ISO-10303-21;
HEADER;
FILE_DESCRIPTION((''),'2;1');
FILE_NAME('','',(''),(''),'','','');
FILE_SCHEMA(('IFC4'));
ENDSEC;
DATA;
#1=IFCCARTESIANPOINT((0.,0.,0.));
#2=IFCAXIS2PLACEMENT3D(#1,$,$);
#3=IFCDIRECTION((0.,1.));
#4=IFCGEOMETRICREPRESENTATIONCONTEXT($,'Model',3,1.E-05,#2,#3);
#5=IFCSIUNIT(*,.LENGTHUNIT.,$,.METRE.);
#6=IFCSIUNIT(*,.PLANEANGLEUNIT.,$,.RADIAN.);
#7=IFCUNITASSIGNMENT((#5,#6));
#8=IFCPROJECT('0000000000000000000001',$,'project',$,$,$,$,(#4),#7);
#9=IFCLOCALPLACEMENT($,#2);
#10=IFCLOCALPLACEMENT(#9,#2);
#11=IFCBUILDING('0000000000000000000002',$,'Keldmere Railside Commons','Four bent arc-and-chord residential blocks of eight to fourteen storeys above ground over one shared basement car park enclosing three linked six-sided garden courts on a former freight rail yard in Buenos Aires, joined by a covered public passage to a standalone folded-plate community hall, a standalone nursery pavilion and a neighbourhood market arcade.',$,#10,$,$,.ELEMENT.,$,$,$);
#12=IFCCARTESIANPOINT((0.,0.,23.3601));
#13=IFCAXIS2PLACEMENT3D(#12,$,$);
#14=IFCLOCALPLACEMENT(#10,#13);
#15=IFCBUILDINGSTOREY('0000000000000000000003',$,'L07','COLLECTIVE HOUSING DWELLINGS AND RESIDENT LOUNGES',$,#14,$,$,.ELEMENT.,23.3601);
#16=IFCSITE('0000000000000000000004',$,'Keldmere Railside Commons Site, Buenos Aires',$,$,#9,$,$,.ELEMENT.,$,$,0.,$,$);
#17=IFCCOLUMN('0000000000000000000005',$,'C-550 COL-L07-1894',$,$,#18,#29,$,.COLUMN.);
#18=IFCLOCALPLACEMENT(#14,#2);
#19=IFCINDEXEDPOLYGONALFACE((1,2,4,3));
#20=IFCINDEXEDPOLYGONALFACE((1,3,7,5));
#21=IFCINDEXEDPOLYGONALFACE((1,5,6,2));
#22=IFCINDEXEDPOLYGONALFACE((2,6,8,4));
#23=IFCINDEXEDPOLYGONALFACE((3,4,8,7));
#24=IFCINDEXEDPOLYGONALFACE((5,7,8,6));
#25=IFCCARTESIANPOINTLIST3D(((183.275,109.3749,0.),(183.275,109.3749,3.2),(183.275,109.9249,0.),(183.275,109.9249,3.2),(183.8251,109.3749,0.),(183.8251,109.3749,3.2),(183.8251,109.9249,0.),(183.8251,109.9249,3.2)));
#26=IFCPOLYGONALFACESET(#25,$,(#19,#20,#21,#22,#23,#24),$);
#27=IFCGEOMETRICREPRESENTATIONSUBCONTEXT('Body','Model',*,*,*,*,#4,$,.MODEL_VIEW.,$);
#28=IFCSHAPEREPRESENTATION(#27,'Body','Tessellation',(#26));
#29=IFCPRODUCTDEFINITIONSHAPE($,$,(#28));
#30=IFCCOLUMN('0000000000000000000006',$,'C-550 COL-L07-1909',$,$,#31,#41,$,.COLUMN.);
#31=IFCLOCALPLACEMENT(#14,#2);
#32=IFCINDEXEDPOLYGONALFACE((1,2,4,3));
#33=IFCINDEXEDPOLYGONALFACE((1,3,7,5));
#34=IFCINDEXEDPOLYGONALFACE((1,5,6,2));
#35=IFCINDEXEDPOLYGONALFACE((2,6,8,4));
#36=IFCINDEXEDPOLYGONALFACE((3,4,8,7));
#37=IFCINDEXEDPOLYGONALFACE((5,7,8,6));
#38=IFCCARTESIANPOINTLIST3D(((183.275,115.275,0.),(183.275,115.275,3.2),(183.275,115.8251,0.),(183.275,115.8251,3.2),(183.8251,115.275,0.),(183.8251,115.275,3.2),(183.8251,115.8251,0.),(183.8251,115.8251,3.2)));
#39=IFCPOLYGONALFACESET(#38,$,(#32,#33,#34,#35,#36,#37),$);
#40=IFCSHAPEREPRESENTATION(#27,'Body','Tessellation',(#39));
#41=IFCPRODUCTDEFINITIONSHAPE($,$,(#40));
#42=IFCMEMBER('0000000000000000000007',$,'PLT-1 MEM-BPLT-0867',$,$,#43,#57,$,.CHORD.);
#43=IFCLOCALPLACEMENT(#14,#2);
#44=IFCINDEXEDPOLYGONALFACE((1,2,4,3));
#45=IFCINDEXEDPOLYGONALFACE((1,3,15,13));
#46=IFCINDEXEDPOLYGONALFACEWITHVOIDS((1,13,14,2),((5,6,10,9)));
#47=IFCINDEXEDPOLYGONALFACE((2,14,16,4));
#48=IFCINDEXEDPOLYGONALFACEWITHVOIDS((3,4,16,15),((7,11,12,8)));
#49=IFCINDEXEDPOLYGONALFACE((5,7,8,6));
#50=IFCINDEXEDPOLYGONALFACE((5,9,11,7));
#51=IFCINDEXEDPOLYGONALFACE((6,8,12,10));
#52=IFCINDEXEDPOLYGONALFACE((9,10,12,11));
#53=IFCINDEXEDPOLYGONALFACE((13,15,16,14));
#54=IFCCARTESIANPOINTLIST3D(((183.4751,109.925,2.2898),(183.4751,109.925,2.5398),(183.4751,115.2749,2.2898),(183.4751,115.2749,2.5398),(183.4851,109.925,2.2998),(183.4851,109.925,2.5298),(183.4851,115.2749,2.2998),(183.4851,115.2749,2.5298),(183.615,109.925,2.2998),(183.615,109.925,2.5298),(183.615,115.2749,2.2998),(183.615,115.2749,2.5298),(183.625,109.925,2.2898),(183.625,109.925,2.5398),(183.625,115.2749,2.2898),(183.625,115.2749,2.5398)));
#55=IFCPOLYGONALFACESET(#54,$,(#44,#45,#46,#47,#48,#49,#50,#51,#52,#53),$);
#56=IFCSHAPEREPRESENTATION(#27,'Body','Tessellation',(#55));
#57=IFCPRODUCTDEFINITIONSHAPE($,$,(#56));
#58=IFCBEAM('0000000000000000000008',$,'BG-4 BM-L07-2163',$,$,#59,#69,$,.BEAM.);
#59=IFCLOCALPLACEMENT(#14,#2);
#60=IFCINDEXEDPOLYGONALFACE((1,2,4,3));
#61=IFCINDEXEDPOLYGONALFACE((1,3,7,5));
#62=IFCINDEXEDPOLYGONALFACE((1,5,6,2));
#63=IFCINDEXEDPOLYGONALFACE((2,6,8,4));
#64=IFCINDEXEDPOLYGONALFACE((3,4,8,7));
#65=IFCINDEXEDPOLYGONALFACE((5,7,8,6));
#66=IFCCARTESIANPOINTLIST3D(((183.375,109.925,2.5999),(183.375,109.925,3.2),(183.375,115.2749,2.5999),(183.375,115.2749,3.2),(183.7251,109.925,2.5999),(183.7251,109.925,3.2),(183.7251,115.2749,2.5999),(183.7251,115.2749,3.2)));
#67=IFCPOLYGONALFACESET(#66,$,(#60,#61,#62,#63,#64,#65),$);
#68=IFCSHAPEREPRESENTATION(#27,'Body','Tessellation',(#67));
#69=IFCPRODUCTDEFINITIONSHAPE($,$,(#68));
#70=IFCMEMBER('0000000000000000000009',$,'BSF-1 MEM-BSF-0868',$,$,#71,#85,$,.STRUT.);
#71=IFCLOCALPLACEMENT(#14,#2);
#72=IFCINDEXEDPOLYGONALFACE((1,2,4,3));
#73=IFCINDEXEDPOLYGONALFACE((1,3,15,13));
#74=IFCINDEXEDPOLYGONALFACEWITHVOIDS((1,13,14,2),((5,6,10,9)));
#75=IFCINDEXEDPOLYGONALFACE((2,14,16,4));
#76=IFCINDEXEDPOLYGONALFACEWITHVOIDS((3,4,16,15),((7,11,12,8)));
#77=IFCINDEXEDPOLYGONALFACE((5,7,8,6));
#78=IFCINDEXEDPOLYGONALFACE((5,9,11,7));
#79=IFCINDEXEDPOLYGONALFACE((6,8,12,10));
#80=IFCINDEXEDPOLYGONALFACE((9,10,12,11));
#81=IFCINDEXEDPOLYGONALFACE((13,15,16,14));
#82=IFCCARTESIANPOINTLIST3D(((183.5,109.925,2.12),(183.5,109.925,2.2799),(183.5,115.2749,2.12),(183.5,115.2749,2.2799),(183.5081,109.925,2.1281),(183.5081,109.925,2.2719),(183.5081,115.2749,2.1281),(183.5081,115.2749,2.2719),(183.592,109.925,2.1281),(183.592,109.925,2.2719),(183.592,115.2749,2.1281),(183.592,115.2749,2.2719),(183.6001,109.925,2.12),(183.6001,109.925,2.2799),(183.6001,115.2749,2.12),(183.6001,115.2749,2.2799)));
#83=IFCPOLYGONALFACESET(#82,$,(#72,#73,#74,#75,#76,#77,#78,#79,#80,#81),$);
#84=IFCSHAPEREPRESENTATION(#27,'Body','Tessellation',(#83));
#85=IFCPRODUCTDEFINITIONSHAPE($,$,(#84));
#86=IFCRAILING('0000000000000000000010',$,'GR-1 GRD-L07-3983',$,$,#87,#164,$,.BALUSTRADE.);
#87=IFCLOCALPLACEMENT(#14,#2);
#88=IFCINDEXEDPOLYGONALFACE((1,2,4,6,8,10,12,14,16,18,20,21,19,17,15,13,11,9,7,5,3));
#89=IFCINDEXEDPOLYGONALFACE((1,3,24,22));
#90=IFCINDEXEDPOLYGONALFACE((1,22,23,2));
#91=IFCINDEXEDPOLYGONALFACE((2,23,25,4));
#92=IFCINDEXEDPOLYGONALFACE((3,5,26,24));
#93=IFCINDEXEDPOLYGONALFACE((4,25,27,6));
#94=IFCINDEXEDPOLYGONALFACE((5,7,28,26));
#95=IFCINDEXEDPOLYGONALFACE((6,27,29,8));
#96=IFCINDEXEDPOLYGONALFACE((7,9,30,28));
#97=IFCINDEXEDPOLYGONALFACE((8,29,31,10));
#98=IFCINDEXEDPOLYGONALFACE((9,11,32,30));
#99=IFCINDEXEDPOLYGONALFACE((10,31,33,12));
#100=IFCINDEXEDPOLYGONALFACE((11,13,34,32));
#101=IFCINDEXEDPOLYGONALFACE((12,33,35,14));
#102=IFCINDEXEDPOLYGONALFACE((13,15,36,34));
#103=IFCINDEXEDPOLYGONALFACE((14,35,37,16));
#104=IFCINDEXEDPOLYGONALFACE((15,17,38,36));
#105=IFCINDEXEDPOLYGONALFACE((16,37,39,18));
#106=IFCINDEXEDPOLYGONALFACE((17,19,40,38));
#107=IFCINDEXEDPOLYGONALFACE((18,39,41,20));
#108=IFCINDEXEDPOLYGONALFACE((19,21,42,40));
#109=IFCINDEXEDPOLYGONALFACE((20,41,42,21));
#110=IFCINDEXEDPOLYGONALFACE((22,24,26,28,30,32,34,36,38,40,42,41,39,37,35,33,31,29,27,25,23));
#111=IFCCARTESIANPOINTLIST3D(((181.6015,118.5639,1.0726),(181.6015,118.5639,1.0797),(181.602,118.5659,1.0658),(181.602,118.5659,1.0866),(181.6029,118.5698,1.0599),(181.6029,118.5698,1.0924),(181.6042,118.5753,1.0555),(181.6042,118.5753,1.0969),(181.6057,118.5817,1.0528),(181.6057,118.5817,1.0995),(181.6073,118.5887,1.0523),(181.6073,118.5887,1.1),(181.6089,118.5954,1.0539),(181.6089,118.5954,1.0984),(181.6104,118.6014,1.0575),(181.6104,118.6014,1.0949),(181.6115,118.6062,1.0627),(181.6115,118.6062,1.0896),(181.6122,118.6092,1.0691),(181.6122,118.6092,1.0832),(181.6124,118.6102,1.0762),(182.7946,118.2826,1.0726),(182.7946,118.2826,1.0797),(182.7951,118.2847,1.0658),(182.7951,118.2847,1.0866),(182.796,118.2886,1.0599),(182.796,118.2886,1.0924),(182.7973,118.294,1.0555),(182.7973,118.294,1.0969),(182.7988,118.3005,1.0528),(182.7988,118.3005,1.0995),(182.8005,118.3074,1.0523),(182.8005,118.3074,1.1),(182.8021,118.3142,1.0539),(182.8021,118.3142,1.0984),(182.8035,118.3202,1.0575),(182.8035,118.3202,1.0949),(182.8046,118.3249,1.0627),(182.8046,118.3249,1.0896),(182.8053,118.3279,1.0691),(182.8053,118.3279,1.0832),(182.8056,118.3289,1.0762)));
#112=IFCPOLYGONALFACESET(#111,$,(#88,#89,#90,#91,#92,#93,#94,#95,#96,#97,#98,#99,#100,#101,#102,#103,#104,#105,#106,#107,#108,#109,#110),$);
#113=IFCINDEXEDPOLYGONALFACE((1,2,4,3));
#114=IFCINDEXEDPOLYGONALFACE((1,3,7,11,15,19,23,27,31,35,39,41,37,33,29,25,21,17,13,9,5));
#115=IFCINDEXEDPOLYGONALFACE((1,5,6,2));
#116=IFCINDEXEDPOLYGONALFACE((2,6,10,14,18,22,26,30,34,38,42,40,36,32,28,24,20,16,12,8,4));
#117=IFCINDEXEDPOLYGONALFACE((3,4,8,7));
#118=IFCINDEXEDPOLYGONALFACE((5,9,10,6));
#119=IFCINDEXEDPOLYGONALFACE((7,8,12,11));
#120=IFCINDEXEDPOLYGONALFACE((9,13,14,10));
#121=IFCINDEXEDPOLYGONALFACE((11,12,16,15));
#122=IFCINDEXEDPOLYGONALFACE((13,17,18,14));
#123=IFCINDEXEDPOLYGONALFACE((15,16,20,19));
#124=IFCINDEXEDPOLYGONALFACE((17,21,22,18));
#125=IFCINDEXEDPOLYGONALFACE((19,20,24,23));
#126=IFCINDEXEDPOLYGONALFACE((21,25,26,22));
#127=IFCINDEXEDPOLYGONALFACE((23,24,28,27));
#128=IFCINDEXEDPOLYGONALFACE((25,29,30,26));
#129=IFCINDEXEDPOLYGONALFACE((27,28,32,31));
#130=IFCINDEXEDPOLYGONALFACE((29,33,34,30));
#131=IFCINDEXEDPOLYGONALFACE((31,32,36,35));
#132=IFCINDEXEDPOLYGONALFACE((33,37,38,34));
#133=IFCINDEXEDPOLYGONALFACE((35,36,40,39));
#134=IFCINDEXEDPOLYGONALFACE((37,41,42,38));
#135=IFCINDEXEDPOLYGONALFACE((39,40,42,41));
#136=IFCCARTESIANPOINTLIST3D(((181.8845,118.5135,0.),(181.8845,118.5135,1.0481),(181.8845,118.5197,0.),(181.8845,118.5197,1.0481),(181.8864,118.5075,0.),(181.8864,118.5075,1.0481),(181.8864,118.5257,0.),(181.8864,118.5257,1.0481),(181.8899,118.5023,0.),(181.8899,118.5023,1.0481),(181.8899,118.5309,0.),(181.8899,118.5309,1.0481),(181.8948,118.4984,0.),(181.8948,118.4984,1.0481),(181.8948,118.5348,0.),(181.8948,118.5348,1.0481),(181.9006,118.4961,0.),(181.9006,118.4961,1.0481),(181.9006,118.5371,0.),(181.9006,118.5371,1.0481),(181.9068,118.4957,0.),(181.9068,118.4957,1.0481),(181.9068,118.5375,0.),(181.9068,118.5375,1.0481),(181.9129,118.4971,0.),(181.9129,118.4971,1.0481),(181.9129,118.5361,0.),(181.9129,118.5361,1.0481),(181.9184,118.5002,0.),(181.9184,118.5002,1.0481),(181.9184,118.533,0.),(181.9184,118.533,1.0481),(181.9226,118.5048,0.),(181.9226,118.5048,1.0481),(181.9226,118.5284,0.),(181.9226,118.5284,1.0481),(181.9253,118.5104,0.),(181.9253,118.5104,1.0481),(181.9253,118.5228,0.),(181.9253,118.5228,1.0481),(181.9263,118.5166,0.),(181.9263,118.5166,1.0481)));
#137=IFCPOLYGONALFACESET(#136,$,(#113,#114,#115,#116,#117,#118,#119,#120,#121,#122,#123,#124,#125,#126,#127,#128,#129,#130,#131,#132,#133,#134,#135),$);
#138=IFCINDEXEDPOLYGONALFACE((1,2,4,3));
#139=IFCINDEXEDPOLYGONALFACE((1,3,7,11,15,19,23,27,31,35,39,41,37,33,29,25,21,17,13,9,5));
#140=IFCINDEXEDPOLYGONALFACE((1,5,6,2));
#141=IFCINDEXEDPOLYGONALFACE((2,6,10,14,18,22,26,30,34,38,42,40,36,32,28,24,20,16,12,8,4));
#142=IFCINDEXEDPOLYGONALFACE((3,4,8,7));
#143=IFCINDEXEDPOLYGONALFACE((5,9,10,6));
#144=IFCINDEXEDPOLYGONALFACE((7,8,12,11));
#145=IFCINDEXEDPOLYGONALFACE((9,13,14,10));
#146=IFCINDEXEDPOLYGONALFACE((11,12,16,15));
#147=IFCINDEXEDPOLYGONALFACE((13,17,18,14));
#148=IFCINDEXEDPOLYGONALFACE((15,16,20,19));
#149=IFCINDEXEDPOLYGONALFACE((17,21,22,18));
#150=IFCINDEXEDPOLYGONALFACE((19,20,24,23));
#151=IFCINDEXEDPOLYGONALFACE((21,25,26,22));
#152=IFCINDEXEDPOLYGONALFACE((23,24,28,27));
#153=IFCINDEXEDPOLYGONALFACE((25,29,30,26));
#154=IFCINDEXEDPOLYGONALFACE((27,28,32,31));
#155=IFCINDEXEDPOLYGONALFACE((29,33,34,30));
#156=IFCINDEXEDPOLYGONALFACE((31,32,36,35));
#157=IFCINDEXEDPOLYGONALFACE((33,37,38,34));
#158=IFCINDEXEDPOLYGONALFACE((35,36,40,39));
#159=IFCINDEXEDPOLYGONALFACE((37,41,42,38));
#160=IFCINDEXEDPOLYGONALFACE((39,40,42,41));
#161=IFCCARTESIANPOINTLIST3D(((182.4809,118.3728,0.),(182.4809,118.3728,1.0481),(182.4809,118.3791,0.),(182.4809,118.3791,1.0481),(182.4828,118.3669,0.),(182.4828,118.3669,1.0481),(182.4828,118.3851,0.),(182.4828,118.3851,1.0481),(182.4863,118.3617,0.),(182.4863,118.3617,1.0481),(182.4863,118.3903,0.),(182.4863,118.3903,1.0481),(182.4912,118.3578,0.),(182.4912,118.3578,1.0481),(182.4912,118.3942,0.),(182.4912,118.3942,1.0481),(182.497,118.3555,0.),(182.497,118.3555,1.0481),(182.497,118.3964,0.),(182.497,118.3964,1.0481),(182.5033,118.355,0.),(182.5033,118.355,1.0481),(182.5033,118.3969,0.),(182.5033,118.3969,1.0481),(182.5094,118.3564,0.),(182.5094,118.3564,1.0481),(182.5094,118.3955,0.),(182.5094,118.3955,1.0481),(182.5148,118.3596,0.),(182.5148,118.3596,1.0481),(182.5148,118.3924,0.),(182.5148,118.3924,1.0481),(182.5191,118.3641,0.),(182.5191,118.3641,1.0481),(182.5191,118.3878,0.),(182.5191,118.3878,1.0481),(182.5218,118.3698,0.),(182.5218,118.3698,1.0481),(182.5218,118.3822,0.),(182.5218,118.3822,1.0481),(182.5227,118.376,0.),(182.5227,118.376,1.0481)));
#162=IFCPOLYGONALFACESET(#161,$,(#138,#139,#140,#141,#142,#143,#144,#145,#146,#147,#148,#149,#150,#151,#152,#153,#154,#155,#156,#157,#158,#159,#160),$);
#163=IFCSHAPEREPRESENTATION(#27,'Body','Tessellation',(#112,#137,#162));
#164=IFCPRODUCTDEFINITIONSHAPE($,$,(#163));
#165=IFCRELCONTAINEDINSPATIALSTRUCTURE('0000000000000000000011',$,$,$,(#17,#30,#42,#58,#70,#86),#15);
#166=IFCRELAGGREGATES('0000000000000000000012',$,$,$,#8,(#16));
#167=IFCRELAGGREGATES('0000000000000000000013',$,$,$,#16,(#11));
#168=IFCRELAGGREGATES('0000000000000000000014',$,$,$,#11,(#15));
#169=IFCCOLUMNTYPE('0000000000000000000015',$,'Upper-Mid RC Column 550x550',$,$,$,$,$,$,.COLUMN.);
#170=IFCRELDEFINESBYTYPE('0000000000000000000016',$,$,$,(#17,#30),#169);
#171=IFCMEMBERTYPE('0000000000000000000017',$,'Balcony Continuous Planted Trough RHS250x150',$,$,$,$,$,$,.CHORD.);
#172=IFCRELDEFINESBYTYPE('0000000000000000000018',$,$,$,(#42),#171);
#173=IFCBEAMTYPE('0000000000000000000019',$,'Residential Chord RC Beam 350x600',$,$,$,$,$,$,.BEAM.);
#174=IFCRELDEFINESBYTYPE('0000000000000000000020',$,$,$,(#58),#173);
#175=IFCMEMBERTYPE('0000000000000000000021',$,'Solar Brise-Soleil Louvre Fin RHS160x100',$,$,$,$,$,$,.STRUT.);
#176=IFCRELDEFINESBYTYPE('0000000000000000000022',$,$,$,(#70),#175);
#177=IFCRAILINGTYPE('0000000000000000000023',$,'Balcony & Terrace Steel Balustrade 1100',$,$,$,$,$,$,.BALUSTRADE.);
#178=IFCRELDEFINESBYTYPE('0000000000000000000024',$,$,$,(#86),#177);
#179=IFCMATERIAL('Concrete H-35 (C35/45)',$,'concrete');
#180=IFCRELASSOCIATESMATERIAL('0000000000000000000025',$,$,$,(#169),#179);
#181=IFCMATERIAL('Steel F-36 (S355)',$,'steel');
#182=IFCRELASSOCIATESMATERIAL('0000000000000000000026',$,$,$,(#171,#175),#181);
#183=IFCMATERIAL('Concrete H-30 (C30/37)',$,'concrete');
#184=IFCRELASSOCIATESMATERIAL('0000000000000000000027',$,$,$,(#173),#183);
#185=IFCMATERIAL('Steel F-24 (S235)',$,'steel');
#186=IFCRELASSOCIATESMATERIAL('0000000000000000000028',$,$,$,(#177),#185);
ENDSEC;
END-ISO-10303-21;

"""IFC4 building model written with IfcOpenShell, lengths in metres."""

from ifc_helpers import new_model, si_unit, direction, frame, origin, origin_2d, place, context, subcontext, project, spatial, rectangle, hollow_rectangle, circle, extrude, material, material_profile, profile_set, type_object, element, save


model = new_model("IFC4")

# Units and contexts
model_context = context("Model", 3, precision=1e-05, world=origin(), true_north=direction((0.0, 1.0)))
body_context = subcontext(model_context, "Body", "Model", "MODEL_VIEW")
ifc_project = project(units=[si_unit("LENGTHUNIT", "METRE"), si_unit("PLANEANGLEUNIT", "RADIAN")], contexts=[model_context])

# Site, building, storey
site_placement = place(None, origin())
site = spatial("IfcSite", under=ifc_project, at=site_placement, Name="Keldmere Railside Commons Site, Buenos Aires", CompositionType="ELEMENT", RefElevation=0.0)
building_placement = place(site_placement, origin())
building = spatial("IfcBuilding", under=site, at=building_placement, Name="Keldmere Railside Commons", Description="Four bent arc-and-chord residential blocks of eight to fourteen storeys above ground over one shared basement car park enclosing three linked six-sided garden courts on a former freight rail yard in Buenos Aires, joined by a covered public passage to a standalone folded-plate community hall, a standalone nursery pavilion and a neighbourhood market arcade.", CompositionType="ELEMENT")
storey_placement = place(building_placement, frame((0.0, 0.0, 23.3601)))
storey = spatial("IfcBuildingStorey", under=building, at=storey_placement, Name="L07", Description="COLLECTIVE HOUSING DWELLINGS AND RESIDENT LOUNGES", CompositionType="ELEMENT", Elevation=23.3601)

# Columns
ifc_material_1 = material(Name="Concrete H-35 (C35/45)", Category="concrete")
ifc_material_profile_1 = material_profile(ifc_material_1, rectangle(XDim=0.55, YDim=0.55, at=origin_2d()), Name="RC-550x550")
ifc_profile_set_1 = profile_set([ifc_material_profile_1], Name="Concrete H-35 (C35/45)")
column_type = type_object("IfcColumnType", Name="Upper-Mid RC Column 550x550", PredefinedType="COLUMN", material=ifc_profile_set_1)
for number, where, z_axis, x_axis, name in (
    (1, (183.55, 109.6499, 0.0), (0.0, 0.0, 1.0), (1.0, 0.0, 0.0), "C-550 COL-L07-1894"),
    (2, (183.55, 115.55, 0.0), (0.0, 0.0, 1.0), (1.0, 0.0, 0.0), "C-550 COL-L07-1909"),
):
    element("IfcColumn", number, at=place(storey_placement, frame(where, z_axis=z_axis, x_axis=x_axis)), inside=storey, type_object=column_type, Name=name, PredefinedType="COLUMN", context=body_context, shape_type="SweptSolid", body=[
        extrude(rectangle(XDim=0.55, YDim=0.55, at=origin_2d()), origin(), (0.0, 0.0, 1.0), 3.2),
    ])

# Member
ifc_material_2 = material(Name="Steel F-36 (S355)", Category="steel")
ifc_material_profile_2 = material_profile(ifc_material_2, hollow_rectangle(XDim=0.1499, YDim=0.25, WallThickness=0.01, at=origin_2d()), Name="RHS-250x150x10")
ifc_profile_set_2 = profile_set([ifc_material_profile_2], Name="Steel F-36 (S355)")
member_type_1 = type_object("IfcMemberType", Name="Balcony Continuous Planted Trough RHS250x150", PredefinedType="CHORD", material=ifc_profile_set_2)
member_1_placement = place(storey_placement, frame((183.55, 109.925, 2.4148), z_axis=(0.0, 1.0, 0.0), x_axis=(-1.0, 0.0, 0.0)))
element("IfcMember", 3, at=member_1_placement, inside=storey, type_object=member_type_1, Name="PLT-1 MEM-BPLT-0867", PredefinedType="CHORD", context=body_context, shape_type="SweptSolid", body=[
    extrude(hollow_rectangle(XDim=0.1499, YDim=0.25, WallThickness=0.01, at=origin_2d()), origin(), (0.0, 0.0, 1.0), 5.3499),
])

# Beam
ifc_material_3 = material(Name="Concrete H-30 (C30/37)", Category="concrete")
ifc_material_profile_3 = material_profile(ifc_material_3, rectangle(XDim=0.3501, YDim=0.6001, at=origin_2d()), Name="RC-350x600")
ifc_profile_set_3 = profile_set([ifc_material_profile_3], Name="Concrete H-30 (C30/37)")
beam_type = type_object("IfcBeamType", Name="Residential Chord RC Beam 350x600", PredefinedType="BEAM", material=ifc_profile_set_3)
beam_placement = place(storey_placement, frame((183.55, 109.925, 2.8999), z_axis=(0.0, 1.0, 0.0), x_axis=(-1.0, 0.0, 0.0)))
element("IfcBeam", 4, at=beam_placement, inside=storey, type_object=beam_type, Name="BG-4 BM-L07-2163", PredefinedType="BEAM", context=body_context, shape_type="SweptSolid", body=[
    extrude(rectangle(XDim=0.3501, YDim=0.6001, at=origin_2d()), origin(), (0.0, 0.0, 1.0), 5.3499),
])

# Member
ifc_material_profile_4 = material_profile(ifc_material_2, hollow_rectangle(XDim=0.1001, YDim=0.1599, WallThickness=0.0081, at=origin_2d()), Name="RHS-160x100x8")
ifc_profile_set_4 = profile_set([ifc_material_profile_4], Name="Steel F-36 (S355)")
member_type_2 = type_object("IfcMemberType", Name="Solar Brise-Soleil Louvre Fin RHS160x100", PredefinedType="STRUT", material=ifc_profile_set_4)
member_2_placement = place(storey_placement, frame((183.55, 109.925, 2.2), z_axis=(0.0, 1.0, 0.0), x_axis=(-1.0, 0.0, 0.0)))
element("IfcMember", 5, at=member_2_placement, inside=storey, type_object=member_type_2, Name="BSF-1 MEM-BSF-0868", PredefinedType="STRUT", context=body_context, shape_type="SweptSolid", body=[
    extrude(hollow_rectangle(XDim=0.1001, YDim=0.1599, WallThickness=0.0081, at=origin_2d()), origin(), (0.0, 0.0, 1.0), 5.3499),
])

# Railing
ifc_material_4 = material(Name="Steel F-24 (S235)", Category="steel")
railing_type = type_object("IfcRailingType", Name="Balcony & Terrace Steel Balustrade 1100", PredefinedType="BALUSTRADE", material=ifc_material_4)
railing_1_placement = place(storey_placement, frame((181.6069, 118.5869, 0.0)))
element("IfcRailing", 6, at=railing_1_placement, inside=storey, type_object=railing_type, Name="GR-1 GRD-L07-3983", PredefinedType="BALUSTRADE", context=body_context, shape_type="SweptSolid", body=[
    extrude(circle(Radius=0.0239, at=origin_2d()), frame((0.0, 0.0, 1.0762), z_axis=(0.973323, -0.229439, 0.0), x_axis=(0.229439, 0.973323, 0.0)), (0.0, 0.0, 1.0), 1.2258),
    extrude(circle(Radius=0.021, at=origin_2d()), frame((0.2983, -0.0703, 0.0)), (0.0, 0.0, 1.0), 1.0481),
    extrude(circle(Radius=0.021, at=origin_2d()), frame((0.8948, -0.2109, 0.0)), (0.0, 0.0, 1.0), 1.0481),
])

save(model, "model.ifc")
